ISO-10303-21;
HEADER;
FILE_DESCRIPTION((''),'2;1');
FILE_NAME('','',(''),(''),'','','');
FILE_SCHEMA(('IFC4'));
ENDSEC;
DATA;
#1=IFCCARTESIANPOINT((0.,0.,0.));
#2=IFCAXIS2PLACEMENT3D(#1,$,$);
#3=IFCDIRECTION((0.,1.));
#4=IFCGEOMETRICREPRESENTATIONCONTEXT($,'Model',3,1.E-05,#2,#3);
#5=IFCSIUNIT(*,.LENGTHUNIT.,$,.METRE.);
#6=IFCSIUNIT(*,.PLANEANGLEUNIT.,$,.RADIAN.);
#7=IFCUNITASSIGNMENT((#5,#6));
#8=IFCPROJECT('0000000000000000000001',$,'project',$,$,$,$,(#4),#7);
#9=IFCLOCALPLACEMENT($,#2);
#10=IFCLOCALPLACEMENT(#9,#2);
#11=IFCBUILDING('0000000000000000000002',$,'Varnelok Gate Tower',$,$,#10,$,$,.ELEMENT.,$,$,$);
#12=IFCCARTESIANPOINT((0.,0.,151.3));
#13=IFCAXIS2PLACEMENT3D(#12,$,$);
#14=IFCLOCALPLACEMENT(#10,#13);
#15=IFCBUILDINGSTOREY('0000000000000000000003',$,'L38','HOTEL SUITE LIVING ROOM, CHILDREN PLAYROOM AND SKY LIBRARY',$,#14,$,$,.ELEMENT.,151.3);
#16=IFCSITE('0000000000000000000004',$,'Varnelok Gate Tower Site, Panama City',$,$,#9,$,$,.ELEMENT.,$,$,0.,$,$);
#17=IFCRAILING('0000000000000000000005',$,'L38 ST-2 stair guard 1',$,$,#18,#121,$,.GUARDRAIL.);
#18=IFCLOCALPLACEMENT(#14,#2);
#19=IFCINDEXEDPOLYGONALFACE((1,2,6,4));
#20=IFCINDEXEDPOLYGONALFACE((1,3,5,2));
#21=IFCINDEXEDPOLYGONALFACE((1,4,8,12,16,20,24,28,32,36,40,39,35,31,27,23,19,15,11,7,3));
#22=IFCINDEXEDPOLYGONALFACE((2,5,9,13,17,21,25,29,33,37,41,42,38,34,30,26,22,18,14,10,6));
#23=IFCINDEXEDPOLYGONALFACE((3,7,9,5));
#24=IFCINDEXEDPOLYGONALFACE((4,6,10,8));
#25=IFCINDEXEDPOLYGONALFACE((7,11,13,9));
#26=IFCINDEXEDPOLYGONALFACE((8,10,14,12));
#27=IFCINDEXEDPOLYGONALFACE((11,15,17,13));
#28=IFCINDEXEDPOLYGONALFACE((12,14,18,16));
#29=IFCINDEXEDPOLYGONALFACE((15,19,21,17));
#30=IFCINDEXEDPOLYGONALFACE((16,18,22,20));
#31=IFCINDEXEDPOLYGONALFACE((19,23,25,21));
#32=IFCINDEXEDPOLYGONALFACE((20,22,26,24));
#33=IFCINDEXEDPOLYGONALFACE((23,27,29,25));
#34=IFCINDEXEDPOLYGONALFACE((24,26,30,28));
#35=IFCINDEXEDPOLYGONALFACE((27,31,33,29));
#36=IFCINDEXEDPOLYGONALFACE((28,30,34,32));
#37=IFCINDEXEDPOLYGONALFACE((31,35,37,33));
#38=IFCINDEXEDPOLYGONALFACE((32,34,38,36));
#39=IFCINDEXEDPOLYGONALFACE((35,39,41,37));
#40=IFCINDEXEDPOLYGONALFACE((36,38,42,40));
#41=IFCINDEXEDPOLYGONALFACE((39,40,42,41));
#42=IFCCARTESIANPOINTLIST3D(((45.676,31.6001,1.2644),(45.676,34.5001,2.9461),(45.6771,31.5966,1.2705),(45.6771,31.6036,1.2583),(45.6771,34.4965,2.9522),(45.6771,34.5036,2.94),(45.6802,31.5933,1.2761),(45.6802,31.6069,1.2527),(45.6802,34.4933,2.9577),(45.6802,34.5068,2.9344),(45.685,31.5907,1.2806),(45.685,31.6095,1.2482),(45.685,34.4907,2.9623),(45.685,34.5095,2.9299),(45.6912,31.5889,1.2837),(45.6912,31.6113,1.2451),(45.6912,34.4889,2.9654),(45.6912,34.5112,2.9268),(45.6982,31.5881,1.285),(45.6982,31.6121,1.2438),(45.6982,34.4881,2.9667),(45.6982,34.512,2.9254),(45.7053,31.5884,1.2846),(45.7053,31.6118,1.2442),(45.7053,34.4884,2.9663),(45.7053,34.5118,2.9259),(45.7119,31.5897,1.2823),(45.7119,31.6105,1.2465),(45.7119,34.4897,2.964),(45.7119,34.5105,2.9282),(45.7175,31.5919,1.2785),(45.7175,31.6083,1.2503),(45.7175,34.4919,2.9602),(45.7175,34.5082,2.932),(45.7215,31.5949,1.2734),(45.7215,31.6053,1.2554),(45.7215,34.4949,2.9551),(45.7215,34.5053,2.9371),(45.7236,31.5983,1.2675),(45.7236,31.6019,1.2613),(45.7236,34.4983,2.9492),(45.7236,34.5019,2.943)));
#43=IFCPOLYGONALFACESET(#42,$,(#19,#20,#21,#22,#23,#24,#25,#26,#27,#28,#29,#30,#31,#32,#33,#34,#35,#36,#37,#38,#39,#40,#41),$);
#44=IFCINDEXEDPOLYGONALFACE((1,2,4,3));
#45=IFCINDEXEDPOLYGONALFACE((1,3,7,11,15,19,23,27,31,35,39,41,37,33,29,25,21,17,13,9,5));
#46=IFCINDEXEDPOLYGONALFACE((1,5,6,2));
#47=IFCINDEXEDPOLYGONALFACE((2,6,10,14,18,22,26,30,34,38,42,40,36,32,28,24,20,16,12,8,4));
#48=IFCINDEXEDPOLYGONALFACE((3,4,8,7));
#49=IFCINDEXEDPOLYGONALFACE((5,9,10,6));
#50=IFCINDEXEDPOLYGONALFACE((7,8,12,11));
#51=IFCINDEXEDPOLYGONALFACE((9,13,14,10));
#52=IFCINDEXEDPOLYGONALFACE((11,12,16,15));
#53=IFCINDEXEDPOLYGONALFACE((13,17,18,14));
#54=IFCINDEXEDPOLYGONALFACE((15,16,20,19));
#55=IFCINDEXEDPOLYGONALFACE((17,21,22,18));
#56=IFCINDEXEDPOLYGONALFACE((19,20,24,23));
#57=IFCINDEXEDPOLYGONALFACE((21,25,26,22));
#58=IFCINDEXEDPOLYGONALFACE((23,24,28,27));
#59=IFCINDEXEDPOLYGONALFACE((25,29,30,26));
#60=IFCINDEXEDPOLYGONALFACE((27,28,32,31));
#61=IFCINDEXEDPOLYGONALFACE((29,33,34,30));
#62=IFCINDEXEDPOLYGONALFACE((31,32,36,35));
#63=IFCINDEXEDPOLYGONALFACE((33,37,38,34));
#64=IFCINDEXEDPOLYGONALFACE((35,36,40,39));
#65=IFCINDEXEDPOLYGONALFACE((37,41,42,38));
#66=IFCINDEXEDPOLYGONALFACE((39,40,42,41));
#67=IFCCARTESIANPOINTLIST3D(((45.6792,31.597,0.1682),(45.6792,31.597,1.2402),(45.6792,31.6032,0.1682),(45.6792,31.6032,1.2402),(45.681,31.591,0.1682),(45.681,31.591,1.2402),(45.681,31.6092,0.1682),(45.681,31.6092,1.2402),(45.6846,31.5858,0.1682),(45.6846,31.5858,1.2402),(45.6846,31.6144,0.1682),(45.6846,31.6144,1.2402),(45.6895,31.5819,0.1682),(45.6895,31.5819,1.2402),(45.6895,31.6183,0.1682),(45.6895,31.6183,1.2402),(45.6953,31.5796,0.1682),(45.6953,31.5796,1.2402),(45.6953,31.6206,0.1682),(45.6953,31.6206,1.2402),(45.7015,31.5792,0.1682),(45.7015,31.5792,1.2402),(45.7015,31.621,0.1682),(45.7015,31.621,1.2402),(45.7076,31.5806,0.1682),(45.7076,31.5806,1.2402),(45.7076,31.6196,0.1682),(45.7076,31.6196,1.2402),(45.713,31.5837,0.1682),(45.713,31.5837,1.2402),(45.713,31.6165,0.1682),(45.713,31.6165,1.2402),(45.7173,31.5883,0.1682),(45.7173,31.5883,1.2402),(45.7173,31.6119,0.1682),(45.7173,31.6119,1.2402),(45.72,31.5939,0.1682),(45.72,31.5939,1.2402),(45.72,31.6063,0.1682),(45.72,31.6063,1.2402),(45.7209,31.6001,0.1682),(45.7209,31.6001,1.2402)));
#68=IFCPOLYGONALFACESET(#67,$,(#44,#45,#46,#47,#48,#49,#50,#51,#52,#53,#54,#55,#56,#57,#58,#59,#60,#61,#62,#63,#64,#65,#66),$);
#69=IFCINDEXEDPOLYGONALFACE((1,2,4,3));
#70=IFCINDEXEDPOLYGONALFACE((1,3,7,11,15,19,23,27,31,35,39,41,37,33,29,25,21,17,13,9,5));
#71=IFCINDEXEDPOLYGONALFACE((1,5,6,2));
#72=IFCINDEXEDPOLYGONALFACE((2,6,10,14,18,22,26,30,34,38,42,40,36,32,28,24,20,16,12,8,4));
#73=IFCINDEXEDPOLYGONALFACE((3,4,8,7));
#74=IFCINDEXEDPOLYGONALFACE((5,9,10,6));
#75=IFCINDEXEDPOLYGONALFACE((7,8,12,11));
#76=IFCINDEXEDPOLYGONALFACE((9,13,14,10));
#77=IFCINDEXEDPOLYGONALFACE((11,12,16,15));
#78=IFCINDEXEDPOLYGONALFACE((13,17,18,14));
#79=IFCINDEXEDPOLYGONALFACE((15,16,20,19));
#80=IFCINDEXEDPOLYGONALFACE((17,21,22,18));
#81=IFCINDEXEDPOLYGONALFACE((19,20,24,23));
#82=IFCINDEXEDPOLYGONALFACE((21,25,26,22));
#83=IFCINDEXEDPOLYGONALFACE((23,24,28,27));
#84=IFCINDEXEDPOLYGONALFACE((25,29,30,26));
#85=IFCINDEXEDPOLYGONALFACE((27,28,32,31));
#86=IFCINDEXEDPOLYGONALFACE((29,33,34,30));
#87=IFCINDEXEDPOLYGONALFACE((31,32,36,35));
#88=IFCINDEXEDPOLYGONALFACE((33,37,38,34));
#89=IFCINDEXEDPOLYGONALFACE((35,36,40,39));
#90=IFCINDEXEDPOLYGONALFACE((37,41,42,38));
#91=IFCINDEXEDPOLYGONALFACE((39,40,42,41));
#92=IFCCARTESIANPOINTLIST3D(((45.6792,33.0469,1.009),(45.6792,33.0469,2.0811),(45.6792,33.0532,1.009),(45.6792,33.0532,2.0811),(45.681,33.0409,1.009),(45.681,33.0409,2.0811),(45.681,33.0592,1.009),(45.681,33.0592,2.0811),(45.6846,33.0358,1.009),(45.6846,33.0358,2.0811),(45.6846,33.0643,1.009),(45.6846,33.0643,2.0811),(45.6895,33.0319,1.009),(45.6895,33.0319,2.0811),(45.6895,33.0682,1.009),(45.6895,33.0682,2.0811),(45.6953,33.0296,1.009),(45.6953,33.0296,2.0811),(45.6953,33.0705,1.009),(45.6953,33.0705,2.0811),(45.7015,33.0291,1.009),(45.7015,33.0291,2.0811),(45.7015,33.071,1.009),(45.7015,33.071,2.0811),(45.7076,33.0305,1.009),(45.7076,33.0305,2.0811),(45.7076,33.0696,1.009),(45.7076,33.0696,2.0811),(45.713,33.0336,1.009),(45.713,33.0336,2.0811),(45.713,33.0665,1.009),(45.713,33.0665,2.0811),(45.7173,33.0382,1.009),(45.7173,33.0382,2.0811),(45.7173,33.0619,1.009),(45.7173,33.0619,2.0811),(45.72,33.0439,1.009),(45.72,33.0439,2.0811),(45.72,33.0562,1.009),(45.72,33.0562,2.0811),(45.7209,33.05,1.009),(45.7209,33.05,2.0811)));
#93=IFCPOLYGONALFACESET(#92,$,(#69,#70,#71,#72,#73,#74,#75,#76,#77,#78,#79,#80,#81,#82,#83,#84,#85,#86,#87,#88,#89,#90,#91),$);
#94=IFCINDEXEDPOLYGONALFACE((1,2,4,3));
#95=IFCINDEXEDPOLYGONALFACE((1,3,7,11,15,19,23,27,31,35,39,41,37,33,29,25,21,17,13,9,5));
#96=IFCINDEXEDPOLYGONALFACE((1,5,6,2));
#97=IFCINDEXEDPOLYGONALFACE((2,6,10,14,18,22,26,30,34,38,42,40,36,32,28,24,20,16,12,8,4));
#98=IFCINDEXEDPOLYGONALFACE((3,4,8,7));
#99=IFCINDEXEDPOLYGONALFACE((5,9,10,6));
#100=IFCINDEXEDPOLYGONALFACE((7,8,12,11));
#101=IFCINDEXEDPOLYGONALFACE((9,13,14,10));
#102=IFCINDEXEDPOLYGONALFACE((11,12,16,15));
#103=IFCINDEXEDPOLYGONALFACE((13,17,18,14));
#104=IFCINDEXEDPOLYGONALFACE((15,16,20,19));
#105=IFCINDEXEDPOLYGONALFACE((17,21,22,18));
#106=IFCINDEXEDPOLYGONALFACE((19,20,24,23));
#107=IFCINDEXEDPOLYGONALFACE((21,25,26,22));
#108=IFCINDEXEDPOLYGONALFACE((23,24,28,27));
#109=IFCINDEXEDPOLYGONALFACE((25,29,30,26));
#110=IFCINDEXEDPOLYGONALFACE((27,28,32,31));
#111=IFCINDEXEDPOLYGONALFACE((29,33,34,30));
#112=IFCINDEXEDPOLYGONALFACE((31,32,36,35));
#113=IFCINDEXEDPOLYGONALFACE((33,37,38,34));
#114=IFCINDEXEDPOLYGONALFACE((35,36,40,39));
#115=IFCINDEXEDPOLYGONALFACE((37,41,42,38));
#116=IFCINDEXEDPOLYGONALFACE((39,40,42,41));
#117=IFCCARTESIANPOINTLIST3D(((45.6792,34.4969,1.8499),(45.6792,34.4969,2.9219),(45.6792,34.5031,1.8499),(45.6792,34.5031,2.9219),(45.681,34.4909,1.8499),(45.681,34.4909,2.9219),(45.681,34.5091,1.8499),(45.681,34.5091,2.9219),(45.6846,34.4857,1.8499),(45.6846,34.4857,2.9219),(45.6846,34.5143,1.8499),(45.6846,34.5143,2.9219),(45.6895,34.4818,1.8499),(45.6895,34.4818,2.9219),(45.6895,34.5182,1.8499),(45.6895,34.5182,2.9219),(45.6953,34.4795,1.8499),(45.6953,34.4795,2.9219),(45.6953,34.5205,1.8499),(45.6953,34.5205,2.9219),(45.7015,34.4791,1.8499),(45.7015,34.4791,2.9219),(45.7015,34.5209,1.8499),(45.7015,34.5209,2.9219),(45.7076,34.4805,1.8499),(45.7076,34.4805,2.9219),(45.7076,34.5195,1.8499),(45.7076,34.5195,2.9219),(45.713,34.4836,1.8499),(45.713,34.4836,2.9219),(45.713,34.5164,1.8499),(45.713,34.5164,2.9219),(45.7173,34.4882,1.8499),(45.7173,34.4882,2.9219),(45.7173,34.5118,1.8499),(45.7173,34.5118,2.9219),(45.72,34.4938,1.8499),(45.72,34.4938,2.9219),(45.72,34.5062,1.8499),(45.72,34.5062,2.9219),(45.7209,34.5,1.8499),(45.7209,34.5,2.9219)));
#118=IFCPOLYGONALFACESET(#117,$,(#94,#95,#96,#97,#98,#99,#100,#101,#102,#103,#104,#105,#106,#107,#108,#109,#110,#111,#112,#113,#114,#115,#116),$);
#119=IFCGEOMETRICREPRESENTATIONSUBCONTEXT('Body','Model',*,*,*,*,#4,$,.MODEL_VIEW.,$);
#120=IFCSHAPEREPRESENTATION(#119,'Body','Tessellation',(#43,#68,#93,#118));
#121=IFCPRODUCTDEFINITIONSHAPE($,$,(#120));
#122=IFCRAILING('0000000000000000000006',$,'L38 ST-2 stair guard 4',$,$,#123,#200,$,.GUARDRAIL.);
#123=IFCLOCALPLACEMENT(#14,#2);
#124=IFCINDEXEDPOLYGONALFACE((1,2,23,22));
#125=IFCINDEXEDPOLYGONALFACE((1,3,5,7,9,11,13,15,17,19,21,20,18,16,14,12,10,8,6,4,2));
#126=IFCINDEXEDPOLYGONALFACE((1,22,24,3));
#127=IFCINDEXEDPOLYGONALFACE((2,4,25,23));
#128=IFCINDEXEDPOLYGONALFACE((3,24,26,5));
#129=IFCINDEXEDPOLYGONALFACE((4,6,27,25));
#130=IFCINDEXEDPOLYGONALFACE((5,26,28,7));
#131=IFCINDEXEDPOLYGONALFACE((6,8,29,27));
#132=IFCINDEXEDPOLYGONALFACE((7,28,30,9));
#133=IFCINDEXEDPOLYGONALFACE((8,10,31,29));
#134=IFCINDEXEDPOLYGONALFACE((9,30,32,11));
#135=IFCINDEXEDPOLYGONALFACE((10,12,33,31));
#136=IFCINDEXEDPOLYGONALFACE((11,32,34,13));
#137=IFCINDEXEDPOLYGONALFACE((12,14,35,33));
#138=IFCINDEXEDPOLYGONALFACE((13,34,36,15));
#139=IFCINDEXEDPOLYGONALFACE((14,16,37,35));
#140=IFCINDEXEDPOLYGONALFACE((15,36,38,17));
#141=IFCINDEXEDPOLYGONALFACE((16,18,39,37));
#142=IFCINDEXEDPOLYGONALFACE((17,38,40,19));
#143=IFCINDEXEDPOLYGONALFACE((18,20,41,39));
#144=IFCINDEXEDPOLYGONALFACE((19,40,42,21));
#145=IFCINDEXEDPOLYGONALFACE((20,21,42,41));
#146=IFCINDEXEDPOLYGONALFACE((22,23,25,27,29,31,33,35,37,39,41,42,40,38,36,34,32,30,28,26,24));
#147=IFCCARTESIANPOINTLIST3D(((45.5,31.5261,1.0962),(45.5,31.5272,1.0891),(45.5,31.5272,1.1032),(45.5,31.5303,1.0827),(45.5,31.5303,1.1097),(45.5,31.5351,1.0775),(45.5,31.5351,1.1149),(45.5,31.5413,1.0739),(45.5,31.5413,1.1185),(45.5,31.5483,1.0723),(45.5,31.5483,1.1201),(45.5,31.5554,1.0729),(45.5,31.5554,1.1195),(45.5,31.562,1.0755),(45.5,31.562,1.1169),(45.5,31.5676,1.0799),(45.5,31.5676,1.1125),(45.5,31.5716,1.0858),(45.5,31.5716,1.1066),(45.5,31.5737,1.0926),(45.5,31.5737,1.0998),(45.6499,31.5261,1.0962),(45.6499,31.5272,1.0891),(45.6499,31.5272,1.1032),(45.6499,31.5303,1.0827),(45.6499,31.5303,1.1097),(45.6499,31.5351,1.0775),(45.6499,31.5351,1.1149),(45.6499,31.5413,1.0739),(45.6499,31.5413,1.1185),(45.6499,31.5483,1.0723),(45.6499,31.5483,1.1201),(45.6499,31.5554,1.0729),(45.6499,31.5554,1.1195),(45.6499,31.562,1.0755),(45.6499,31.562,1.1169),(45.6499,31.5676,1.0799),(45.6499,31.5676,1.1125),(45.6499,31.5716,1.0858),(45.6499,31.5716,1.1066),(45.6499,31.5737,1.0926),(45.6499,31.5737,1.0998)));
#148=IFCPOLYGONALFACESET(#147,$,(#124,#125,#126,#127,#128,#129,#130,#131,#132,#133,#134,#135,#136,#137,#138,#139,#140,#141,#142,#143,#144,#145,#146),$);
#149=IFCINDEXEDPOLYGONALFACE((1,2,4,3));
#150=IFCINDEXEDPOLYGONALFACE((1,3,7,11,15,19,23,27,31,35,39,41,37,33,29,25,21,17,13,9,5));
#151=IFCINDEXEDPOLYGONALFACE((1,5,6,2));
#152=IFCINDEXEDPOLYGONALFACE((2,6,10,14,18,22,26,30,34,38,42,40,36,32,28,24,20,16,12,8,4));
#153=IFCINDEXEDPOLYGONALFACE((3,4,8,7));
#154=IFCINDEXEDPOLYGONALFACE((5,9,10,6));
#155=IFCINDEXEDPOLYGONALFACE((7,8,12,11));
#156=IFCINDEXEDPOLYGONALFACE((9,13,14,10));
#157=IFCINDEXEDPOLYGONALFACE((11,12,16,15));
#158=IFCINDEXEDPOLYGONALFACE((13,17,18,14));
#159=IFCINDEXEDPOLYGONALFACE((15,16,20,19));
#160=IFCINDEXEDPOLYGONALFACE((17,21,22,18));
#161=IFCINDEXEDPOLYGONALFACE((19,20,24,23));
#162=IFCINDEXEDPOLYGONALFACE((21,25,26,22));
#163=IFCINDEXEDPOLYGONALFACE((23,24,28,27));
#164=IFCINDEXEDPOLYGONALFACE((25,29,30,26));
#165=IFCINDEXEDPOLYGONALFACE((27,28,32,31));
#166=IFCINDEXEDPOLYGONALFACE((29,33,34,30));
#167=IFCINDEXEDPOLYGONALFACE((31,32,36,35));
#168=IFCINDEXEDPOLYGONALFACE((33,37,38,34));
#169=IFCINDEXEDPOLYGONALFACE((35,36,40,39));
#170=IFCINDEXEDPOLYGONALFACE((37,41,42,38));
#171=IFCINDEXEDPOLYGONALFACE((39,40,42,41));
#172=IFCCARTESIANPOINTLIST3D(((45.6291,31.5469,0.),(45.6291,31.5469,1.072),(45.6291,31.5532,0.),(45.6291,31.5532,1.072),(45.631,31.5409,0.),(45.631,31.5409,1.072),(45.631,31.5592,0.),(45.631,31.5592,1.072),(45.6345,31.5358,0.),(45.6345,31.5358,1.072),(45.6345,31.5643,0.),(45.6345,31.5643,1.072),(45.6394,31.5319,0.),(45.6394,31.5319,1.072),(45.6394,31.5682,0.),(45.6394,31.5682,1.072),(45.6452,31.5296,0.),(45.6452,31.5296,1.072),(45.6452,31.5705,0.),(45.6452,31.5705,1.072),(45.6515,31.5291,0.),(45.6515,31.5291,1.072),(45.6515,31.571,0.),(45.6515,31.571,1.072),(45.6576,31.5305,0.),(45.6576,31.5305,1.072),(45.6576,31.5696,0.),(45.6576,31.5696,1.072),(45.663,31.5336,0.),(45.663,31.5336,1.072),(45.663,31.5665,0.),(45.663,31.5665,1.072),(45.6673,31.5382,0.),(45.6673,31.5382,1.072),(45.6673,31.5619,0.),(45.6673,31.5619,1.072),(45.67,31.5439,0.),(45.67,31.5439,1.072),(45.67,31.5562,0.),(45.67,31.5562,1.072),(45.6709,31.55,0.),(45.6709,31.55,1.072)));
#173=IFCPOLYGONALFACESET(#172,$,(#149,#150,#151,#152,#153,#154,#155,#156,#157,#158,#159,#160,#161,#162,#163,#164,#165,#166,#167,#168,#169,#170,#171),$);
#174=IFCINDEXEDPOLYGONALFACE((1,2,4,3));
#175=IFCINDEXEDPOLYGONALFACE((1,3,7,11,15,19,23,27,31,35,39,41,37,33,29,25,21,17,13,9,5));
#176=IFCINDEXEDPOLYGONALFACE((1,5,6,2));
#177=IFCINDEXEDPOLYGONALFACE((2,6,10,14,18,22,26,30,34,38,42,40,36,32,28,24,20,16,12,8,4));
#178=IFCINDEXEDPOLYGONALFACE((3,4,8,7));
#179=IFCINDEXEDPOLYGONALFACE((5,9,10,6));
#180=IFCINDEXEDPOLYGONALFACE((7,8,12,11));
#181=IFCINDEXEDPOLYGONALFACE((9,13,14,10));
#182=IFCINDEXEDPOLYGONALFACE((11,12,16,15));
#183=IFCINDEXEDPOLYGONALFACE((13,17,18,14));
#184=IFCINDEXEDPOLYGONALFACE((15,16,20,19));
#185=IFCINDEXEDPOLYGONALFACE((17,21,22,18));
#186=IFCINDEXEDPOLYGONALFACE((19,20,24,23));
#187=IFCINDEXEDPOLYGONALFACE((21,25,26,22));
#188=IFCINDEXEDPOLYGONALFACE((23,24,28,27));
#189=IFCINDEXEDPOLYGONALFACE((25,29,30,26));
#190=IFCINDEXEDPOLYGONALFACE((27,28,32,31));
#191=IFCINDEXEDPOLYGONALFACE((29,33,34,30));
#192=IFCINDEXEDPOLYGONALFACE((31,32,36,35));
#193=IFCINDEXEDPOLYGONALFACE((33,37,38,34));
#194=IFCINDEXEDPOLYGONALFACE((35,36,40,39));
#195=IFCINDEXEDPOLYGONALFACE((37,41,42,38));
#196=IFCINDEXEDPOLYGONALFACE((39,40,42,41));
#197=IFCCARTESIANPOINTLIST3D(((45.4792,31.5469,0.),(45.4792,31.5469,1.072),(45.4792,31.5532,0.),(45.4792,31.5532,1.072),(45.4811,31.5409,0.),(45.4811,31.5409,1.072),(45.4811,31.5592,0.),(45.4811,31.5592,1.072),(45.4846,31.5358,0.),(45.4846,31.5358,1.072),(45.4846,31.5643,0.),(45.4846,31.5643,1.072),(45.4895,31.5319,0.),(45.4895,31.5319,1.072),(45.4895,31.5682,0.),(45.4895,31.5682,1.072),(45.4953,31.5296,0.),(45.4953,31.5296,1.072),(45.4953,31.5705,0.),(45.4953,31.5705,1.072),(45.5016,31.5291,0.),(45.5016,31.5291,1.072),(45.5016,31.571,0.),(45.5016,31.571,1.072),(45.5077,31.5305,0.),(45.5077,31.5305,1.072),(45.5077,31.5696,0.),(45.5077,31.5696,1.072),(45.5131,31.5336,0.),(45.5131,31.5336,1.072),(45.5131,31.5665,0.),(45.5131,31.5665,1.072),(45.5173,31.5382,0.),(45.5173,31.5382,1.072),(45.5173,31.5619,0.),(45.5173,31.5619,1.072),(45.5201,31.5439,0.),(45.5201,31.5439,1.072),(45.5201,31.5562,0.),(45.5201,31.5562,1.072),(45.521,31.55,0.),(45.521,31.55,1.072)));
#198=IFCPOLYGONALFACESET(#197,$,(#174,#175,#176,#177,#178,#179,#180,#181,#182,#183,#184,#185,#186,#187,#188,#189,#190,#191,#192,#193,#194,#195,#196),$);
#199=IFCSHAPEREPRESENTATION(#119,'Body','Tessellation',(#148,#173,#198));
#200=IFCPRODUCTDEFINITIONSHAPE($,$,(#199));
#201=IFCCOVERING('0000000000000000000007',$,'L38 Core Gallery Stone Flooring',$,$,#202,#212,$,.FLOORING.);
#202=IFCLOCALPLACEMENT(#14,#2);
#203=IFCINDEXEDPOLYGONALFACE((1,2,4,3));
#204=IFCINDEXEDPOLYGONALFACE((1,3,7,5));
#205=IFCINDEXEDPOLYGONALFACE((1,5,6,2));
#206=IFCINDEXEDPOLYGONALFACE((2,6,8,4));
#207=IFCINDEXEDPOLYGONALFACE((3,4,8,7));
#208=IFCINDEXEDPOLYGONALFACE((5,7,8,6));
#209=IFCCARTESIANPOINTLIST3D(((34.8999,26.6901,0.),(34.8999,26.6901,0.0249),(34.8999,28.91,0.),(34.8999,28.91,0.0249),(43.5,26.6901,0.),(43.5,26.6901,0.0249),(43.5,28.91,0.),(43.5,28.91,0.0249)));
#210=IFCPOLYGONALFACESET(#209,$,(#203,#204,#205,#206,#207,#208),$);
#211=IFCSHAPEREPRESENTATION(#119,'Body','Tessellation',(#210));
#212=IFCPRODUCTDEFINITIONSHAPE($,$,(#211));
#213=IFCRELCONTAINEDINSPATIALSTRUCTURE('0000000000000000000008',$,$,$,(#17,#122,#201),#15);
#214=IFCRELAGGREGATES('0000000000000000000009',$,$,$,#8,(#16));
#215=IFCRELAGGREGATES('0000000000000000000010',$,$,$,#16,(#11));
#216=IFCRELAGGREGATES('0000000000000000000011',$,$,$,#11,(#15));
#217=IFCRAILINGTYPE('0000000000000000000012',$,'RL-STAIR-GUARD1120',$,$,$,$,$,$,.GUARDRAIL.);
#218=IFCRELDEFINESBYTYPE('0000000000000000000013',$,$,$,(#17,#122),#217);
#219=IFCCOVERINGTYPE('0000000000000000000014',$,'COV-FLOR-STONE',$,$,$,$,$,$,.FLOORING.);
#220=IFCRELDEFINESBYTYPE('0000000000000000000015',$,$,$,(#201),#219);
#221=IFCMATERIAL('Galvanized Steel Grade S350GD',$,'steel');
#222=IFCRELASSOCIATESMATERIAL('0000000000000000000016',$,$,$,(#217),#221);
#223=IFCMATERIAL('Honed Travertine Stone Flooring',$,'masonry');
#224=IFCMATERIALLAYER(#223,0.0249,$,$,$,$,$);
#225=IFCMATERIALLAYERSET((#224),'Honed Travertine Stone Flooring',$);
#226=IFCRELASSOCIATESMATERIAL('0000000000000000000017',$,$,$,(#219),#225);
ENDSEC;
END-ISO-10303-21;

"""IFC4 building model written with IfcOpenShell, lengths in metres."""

from ifc_helpers import new_model, si_unit, direction, frame, origin, origin_2d, place, context, subcontext, project, spatial, rectangle, circle, extrude, source, transform, mapped, material, layer, layer_set, type_object, element, save


model = new_model("IFC4")

# Units and contexts
model_context = context("Model", 3, precision=1e-05, world=origin(), true_north=direction((0.0, 1.0)))
body_context = subcontext(model_context, "Body", "Model", "MODEL_VIEW")
ifc_project = project(units=[si_unit("LENGTHUNIT", "METRE"), si_unit("PLANEANGLEUNIT", "RADIAN")], contexts=[model_context])

# Site, building, storey
site_placement = place(None, origin())
site = spatial("IfcSite", under=ifc_project, at=site_placement, Name="Varnelok Gate Tower Site, Panama City", CompositionType="ELEMENT", RefElevation=0.0)
building_placement = place(site_placement, origin())
building = spatial("IfcBuilding", under=site, at=building_placement, Name="Varnelok Gate Tower", CompositionType="ELEMENT")
storey_placement = place(building_placement, frame((0.0, 0.0, 151.3)))
storey = spatial("IfcBuildingStorey", under=building, at=storey_placement, Name="L38", Description="HOTEL SUITE LIVING ROOM, CHILDREN PLAYROOM AND SKY LIBRARY", CompositionType="ELEMENT", Elevation=151.3)

# Shared definitions
ifc_material_1 = material(Name="Galvanized Steel Grade S350GD", Category="steel")

# Railings
railing_type_1 = type_object("IfcRailingType", Name="RL-STAIR-GUARD1120", PredefinedType="GUARDRAIL", material=ifc_material_1)
railing_1_placement = place(storey_placement, frame((45.7, 31.6001, 0.1682)))
element("IfcRailing", 1, at=railing_1_placement, inside=storey, type_object=railing_type_1, Name="L38 ST-2 stair guard 1", PredefinedType="GUARDRAIL", context=body_context, shape_type="SweptSolid", body=[
    extrude(circle(Radius=0.0239, at=origin_2d()), frame((0.0, 0.0, 1.0962), z_axis=(0.0, 0.86507, 0.501651), x_axis=(-1.0, 0.0, 0.0)), (0.0, 0.0, 1.0), 3.3523),
    extrude(circle(Radius=0.021, at=origin_2d()), origin(), (0.0, 0.0, 1.0), 1.072),
    extrude(circle(Radius=0.021, at=origin_2d()), frame((0.0, 1.45, 0.8408)), (0.0, 0.0, 1.0), 1.072),
    extrude(circle(Radius=0.021, at=origin_2d()), frame((0.0, 2.8999, 1.6816)), (0.0, 0.0, 1.0), 1.072),
])
railing_2_placement = place(storey_placement, frame((45.6499, 31.55, 0.0)))
element("IfcRailing", 2, at=railing_2_placement, inside=storey, type_object=railing_type_1, Name="L38 ST-2 stair guard 4", PredefinedType="GUARDRAIL", context=body_context, shape_type="SweptSolid", body=[
    extrude(circle(Radius=0.0239, at=origin_2d()), frame((0.0, 0.0, 1.0962), z_axis=(-1.0, 0.0, 0.0), x_axis=(0.0, -1.0, 0.0)), (0.0, 0.0, 1.0), 0.1499),
    extrude(circle(Radius=0.021, at=origin_2d()), origin(), (0.0, 0.0, 1.0), 1.072),
    extrude(circle(Radius=0.021, at=origin_2d()), frame((-0.1499, 0.0, 0.0)), (0.0, 0.0, 1.0), 1.072),
])

# Covering
ifc_material_2 = material(Name="Honed Travertine Stone Flooring", Category="masonry")
ifc_layer_1 = layer(ifc_material_2, 0.0249)
ifc_layer_set_1 = layer_set([ifc_layer_1], Name="Honed Travertine Stone Flooring")
covering_type_1 = type_object("IfcCoveringType", Name="COV-FLOR-STONE", PredefinedType="FLOORING", material=ifc_layer_set_1)
shared_shape_1 = source(origin(), body_context, "Body", "SweptSolid", [
    extrude(rectangle(XDim=8.6001, YDim=2.22, at=origin_2d()), origin(), (0.0, 0.0, 1.0), 0.0249),
])
covering_1_placement = place(storey_placement, frame((39.2, 27.8, 0.0), z_axis=(0.0, 0.0, 1.0), x_axis=(1.0, 0.0, 0.0)))
element("IfcCovering", 3, at=covering_1_placement, inside=storey, type_object=covering_type_1, Name="L38 Core Gallery Stone Flooring", PredefinedType="FLOORING", context=body_context, shape_type="MappedRepresentation", body=[
    mapped(shared_shape_1, transform((0.0, 0.0, 0.0), scale=1.0)),
])

save(model, "model.ifc")
